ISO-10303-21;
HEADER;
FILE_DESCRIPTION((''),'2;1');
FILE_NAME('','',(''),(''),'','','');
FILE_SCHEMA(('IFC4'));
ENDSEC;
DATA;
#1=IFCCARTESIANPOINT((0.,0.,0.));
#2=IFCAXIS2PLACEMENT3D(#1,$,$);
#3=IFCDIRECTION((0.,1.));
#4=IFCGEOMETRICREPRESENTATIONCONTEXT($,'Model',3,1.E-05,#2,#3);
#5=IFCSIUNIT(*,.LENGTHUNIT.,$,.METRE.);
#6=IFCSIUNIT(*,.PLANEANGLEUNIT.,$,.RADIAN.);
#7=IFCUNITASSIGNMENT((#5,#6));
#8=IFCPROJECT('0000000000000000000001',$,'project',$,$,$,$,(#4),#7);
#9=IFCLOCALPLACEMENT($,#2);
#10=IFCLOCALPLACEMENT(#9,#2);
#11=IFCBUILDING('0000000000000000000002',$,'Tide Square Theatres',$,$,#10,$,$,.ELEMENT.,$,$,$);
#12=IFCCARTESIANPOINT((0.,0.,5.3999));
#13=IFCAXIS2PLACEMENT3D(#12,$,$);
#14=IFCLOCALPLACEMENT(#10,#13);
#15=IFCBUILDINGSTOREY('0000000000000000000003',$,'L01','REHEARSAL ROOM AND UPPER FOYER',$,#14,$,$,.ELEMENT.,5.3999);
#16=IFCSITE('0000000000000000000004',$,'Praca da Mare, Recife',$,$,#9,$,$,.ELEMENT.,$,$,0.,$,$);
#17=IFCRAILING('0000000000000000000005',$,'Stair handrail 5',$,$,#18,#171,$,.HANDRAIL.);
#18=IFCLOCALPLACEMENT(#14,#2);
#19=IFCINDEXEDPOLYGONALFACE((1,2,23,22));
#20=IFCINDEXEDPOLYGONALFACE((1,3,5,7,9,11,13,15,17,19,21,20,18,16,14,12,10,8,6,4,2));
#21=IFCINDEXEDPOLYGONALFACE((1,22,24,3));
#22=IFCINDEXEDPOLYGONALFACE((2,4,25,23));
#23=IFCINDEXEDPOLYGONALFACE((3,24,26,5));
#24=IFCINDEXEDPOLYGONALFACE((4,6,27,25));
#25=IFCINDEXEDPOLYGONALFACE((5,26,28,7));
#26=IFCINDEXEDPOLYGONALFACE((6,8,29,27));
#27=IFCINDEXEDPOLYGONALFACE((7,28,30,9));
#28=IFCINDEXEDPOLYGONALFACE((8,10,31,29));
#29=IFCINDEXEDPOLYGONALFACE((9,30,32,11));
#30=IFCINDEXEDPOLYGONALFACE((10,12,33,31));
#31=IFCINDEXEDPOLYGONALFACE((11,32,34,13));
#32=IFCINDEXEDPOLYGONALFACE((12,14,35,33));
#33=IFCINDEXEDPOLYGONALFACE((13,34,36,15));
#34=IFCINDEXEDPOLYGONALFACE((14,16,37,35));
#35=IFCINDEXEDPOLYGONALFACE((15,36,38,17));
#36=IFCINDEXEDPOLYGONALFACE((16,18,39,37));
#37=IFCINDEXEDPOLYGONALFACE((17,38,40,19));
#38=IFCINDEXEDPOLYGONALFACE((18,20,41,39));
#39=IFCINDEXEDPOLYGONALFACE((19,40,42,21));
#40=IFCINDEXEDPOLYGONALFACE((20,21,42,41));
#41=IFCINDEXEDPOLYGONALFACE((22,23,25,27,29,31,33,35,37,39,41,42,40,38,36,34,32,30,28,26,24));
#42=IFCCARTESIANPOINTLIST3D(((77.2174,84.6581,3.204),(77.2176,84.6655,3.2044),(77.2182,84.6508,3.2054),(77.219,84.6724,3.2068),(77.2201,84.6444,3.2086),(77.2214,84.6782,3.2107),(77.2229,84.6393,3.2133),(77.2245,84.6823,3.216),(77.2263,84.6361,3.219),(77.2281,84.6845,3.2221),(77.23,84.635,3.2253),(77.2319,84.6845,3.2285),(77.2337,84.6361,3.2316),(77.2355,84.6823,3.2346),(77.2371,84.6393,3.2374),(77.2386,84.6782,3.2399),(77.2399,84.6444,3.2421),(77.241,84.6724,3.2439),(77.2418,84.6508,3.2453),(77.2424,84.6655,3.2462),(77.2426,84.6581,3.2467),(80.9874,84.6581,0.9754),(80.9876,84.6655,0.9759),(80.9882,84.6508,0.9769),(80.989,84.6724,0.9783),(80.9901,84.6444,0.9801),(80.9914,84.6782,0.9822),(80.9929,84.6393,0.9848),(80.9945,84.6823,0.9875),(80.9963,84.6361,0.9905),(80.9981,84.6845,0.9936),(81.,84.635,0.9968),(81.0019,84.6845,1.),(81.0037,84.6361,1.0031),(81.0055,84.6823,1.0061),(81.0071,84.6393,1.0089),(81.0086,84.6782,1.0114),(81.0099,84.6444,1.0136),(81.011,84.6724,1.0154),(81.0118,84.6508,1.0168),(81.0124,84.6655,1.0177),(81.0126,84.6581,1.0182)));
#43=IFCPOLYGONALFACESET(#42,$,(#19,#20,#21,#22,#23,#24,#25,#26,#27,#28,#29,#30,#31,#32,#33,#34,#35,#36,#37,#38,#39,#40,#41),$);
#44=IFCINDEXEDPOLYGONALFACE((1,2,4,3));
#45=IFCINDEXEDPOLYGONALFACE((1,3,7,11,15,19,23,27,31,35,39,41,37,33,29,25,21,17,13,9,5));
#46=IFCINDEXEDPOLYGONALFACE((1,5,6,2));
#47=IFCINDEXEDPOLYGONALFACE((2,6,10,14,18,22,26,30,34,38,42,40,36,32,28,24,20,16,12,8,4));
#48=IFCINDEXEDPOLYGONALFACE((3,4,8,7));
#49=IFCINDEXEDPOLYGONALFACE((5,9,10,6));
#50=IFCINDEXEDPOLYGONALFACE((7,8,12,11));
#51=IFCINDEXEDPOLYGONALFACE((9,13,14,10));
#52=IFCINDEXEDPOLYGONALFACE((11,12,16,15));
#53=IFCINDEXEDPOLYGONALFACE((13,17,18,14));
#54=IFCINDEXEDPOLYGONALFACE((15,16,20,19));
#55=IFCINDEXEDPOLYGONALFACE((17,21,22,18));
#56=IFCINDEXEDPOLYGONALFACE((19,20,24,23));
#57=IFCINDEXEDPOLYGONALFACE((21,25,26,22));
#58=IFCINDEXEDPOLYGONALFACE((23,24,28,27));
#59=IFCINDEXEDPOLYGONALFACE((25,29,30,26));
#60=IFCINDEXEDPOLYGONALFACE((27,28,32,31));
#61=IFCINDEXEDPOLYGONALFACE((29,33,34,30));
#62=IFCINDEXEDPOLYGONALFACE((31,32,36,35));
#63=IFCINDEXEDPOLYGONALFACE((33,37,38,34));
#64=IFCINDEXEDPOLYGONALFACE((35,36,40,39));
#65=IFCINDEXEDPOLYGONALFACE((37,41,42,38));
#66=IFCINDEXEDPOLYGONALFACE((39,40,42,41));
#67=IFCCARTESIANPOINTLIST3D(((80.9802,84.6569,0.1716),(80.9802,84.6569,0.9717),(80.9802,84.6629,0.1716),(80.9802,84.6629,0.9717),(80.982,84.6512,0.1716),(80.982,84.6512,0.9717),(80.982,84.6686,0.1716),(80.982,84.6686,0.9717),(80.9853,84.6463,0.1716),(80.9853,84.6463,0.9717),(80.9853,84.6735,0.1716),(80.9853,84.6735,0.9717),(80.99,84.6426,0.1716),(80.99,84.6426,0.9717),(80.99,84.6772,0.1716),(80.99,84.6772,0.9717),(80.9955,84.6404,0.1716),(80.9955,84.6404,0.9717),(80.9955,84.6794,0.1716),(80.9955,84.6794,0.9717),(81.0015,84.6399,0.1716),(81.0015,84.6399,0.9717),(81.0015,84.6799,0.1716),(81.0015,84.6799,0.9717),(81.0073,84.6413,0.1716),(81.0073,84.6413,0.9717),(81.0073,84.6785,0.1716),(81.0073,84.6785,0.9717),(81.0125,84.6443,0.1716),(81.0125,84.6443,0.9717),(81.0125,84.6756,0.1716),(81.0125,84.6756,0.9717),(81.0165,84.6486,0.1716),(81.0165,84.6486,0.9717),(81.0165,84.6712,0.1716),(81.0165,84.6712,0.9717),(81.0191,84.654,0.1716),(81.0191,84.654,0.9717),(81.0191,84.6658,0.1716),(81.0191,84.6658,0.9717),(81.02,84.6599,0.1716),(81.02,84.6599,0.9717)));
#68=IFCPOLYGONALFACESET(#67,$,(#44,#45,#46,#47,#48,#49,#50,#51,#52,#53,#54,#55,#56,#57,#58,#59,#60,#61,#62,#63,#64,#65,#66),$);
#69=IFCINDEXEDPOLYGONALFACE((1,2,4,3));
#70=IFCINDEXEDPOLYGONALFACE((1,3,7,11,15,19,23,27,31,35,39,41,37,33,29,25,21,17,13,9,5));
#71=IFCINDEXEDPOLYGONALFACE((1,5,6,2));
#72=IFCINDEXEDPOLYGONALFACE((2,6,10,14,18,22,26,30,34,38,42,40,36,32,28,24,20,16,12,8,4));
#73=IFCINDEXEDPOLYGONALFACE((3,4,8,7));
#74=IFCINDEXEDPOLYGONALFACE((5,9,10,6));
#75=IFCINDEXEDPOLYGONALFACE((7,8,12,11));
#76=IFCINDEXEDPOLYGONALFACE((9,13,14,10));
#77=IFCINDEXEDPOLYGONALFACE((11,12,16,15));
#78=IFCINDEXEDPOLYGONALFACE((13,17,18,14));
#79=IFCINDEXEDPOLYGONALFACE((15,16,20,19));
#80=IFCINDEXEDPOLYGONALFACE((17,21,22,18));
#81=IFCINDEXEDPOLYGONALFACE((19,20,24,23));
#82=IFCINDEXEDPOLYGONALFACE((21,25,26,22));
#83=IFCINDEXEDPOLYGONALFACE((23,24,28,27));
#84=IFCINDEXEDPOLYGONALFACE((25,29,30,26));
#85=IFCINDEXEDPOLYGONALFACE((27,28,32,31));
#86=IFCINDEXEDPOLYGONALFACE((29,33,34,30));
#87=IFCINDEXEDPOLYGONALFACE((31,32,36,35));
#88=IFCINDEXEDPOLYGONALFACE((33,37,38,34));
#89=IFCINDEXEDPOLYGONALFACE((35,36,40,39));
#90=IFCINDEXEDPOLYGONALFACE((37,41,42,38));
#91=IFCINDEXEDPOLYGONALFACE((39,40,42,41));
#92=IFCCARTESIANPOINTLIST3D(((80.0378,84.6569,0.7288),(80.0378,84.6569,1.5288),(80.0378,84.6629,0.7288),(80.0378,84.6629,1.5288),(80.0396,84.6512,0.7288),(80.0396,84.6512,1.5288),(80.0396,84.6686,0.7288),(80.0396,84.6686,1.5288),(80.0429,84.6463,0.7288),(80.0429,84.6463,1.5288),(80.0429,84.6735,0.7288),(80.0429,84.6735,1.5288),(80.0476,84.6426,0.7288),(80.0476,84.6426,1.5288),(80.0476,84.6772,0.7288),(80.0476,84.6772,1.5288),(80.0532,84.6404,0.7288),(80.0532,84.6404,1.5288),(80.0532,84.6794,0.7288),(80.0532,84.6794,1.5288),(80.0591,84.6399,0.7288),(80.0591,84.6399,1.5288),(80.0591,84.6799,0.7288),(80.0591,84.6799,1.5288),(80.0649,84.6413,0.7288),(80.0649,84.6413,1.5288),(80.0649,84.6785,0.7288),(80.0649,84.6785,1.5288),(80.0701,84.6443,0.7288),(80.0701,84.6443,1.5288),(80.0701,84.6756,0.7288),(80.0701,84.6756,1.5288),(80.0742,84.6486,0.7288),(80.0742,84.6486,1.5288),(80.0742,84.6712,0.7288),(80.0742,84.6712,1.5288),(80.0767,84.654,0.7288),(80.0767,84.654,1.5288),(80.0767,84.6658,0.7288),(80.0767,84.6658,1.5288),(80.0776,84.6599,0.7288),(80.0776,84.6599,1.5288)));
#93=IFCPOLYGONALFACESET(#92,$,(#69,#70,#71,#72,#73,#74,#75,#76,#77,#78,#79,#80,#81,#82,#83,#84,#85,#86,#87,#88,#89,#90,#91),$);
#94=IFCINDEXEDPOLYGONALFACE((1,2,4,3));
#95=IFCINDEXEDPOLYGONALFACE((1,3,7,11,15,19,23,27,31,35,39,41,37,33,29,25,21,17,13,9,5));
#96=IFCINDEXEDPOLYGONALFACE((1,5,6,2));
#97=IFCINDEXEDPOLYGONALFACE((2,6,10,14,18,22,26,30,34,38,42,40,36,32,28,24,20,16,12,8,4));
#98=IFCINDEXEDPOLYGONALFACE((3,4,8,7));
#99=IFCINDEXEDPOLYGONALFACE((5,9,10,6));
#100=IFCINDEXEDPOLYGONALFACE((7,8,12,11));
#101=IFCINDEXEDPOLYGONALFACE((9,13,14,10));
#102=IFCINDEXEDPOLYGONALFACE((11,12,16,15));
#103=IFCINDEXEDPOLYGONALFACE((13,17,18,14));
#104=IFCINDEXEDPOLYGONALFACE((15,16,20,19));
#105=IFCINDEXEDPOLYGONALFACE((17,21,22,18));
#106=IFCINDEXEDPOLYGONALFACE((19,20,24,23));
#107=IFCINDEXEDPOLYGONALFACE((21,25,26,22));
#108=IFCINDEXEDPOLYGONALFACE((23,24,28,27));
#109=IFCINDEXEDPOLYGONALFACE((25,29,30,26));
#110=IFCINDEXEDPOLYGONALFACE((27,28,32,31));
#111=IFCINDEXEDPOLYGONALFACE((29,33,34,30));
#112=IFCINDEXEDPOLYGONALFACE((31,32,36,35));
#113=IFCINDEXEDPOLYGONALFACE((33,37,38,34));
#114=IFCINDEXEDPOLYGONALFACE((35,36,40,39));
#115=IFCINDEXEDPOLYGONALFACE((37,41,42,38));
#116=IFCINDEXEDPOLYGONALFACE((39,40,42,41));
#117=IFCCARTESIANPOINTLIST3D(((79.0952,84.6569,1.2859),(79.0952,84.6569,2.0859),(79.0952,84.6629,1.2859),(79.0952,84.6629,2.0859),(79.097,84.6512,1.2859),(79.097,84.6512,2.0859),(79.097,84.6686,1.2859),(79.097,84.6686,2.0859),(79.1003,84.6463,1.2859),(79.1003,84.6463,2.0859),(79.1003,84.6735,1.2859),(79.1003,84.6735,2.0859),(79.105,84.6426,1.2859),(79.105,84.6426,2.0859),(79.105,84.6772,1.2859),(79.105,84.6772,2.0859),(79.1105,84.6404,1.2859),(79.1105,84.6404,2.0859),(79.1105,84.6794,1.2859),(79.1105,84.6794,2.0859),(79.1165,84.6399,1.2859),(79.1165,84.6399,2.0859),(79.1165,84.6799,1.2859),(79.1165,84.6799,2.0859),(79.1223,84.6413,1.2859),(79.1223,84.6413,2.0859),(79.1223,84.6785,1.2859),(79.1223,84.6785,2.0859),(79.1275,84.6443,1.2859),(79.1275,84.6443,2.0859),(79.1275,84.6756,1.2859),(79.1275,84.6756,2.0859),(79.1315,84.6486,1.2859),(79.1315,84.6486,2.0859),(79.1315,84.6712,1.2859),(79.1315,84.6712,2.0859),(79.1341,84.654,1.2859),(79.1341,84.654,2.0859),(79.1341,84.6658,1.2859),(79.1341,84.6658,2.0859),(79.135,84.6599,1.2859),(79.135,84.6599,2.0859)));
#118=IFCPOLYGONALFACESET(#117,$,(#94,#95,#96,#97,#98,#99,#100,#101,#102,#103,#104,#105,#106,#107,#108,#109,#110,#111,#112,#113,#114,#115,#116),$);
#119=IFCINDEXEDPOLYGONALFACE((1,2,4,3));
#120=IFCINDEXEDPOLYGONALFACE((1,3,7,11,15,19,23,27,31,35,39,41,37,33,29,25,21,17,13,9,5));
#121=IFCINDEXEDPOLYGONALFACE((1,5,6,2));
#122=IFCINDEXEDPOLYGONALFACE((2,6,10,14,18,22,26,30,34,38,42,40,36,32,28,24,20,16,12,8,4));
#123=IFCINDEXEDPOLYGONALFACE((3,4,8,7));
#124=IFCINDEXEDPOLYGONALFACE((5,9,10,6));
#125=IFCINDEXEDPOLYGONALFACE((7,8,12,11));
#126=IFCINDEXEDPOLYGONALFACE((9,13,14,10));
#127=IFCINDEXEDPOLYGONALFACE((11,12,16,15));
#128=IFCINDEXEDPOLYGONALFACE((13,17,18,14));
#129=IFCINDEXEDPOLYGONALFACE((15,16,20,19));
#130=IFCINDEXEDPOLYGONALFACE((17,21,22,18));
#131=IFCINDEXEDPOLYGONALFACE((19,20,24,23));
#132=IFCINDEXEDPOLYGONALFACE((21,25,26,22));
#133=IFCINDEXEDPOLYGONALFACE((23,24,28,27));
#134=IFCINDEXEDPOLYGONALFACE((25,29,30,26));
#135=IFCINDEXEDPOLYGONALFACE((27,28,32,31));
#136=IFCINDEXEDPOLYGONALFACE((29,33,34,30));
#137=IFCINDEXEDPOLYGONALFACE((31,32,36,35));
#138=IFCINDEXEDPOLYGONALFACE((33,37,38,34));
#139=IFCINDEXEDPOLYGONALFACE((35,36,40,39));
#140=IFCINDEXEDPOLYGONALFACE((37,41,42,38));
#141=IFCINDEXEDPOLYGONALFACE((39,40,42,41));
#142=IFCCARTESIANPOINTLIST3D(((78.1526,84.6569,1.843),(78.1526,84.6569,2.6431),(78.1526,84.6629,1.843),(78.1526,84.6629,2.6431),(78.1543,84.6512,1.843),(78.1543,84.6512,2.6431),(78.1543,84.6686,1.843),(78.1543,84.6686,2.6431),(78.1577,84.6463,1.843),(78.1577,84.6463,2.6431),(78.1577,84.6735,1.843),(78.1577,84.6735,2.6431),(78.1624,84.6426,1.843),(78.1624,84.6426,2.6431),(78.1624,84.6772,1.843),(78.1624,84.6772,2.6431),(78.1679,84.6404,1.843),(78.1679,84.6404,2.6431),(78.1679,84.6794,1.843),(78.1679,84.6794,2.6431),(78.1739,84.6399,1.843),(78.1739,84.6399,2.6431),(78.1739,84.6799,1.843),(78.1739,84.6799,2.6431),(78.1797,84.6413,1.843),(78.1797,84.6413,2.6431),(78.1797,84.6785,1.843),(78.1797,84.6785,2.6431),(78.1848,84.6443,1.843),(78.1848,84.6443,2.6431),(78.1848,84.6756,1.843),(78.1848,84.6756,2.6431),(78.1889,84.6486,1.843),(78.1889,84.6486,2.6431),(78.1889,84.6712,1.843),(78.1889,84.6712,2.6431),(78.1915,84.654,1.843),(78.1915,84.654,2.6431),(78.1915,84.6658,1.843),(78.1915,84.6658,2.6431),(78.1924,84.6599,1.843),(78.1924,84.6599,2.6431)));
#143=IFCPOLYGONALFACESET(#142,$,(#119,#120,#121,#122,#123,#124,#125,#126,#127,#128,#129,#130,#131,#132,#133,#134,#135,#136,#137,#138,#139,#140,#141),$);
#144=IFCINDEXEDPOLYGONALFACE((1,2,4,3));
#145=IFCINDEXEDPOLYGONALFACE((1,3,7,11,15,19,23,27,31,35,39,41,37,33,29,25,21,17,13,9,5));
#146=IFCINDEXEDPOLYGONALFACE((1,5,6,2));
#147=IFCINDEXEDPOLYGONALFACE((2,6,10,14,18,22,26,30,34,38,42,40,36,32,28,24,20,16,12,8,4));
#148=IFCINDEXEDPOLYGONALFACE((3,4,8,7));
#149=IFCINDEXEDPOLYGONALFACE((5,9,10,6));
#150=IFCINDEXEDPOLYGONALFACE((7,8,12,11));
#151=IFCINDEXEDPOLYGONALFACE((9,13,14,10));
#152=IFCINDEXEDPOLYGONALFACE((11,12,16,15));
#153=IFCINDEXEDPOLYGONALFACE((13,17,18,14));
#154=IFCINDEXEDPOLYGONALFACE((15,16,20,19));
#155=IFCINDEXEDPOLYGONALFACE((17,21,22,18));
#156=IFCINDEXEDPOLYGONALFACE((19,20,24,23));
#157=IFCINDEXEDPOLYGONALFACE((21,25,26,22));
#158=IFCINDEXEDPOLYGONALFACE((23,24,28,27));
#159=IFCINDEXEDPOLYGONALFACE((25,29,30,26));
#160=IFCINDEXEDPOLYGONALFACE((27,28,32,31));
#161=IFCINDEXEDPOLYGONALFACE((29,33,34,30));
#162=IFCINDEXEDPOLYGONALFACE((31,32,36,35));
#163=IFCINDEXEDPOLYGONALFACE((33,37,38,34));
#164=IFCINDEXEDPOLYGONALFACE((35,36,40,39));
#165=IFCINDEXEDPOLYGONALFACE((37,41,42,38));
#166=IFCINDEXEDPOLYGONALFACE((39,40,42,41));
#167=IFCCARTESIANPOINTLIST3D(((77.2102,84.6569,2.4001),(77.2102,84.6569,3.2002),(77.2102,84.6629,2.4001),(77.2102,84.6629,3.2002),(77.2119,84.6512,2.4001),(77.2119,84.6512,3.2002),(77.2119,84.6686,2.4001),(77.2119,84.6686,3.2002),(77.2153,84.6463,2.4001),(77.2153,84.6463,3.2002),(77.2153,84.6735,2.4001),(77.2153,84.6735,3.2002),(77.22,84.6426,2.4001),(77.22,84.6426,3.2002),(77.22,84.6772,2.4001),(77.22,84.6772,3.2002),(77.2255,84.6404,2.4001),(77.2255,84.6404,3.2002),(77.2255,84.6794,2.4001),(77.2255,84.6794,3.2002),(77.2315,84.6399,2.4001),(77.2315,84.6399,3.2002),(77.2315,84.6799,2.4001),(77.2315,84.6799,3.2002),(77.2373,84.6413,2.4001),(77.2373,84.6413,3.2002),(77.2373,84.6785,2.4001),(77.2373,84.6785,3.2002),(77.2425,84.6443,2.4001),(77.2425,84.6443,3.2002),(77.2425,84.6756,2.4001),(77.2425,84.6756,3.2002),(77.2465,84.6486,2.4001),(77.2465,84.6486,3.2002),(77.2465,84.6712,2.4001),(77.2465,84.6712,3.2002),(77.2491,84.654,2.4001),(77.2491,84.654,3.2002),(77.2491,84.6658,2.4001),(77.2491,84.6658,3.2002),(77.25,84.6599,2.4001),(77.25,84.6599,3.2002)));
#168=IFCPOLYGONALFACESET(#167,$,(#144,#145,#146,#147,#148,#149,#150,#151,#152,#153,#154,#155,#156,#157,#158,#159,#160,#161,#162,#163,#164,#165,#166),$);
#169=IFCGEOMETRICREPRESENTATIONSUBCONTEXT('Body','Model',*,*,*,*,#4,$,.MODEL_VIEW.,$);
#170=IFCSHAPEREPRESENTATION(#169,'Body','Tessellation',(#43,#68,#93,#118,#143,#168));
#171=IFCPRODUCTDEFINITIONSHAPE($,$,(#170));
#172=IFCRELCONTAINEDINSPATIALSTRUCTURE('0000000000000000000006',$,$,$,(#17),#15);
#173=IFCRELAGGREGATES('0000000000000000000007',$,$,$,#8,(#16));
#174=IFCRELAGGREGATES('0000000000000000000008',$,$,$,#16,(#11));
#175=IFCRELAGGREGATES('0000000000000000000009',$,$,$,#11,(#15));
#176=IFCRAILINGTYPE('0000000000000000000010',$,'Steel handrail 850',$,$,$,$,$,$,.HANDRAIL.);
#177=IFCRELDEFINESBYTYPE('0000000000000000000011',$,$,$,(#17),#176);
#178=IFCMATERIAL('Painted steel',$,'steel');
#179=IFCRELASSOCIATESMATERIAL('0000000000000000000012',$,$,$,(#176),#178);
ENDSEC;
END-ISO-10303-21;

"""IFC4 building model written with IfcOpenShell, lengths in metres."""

from ifc_helpers import new_model, si_unit, direction, frame, origin, origin_2d, place, context, subcontext, project, spatial, circle, extrude, material, type_object, element, save


model = new_model("IFC4")

# Units and contexts
model_context = context("Model", 3, precision=1e-05, world=origin(), true_north=direction((0.0, 1.0)))
body_context = subcontext(model_context, "Body", "Model", "MODEL_VIEW")
ifc_project = project(units=[si_unit("LENGTHUNIT", "METRE"), si_unit("PLANEANGLEUNIT", "RADIAN")], contexts=[model_context])

# Site, building, storey
site_placement = place(None, origin())
site = spatial("IfcSite", under=ifc_project, at=site_placement, Name="Praca da Mare, Recife", CompositionType="ELEMENT", RefElevation=0.0)
building_placement = place(site_placement, origin())
building = spatial("IfcBuilding", under=site, at=building_placement, Name="Tide Square Theatres", CompositionType="ELEMENT")
storey_placement = place(building_placement, frame((0.0, 0.0, 5.3999)))
storey = spatial("IfcBuildingStorey", under=building, at=storey_placement, Name="L01", Description="REHEARSAL ROOM AND UPPER FOYER", CompositionType="ELEMENT", Elevation=5.3999)

# Railing
ifc_material_1 = material(Name="Painted steel", Category="steel")
railing_type = type_object("IfcRailingType", Name="Steel handrail 850", PredefinedType="HANDRAIL", material=ifc_material_1)
for number, where, name in (
    (1, (81.0, 84.6599, 0.1716), "Stair handrail 5"),
):
    element("IfcRailing", number, at=place(storey_placement, frame(where)), inside=storey, type_object=railing_type, Name=name, PredefinedType="HANDRAIL", context=body_context, shape_type="SweptSolid", body=[
        extrude(circle(Radius=0.0249, at=origin_2d()), frame((0.0, 0.0, 0.8252), z_axis=(-0.860849, 0.0, 0.508861), x_axis=(0.0, -1.0, 0.0)), (0.0, 0.0, 1.0), 4.3794),
        extrude(circle(Radius=0.02, at=origin_2d()), origin(), (0.0, 0.0, 1.0), 0.8),
        extrude(circle(Radius=0.02, at=origin_2d()), frame((-0.9424, 0.0, 0.5571)), (0.0, 0.0, 1.0), 0.8),
        extrude(circle(Radius=0.02, at=origin_2d()), frame((-1.885, 0.0, 1.1143)), (0.0, 0.0, 1.0), 0.8),
        extrude(circle(Radius=0.02, at=origin_2d()), frame((-2.8276, 0.0, 1.6714)), (0.0, 0.0, 1.0), 0.8),
        extrude(circle(Radius=0.02, at=origin_2d()), frame((-3.77, 0.0, 2.2285)), (0.0, 0.0, 1.0), 0.8),
    ])

save(model, "model.ifc")
